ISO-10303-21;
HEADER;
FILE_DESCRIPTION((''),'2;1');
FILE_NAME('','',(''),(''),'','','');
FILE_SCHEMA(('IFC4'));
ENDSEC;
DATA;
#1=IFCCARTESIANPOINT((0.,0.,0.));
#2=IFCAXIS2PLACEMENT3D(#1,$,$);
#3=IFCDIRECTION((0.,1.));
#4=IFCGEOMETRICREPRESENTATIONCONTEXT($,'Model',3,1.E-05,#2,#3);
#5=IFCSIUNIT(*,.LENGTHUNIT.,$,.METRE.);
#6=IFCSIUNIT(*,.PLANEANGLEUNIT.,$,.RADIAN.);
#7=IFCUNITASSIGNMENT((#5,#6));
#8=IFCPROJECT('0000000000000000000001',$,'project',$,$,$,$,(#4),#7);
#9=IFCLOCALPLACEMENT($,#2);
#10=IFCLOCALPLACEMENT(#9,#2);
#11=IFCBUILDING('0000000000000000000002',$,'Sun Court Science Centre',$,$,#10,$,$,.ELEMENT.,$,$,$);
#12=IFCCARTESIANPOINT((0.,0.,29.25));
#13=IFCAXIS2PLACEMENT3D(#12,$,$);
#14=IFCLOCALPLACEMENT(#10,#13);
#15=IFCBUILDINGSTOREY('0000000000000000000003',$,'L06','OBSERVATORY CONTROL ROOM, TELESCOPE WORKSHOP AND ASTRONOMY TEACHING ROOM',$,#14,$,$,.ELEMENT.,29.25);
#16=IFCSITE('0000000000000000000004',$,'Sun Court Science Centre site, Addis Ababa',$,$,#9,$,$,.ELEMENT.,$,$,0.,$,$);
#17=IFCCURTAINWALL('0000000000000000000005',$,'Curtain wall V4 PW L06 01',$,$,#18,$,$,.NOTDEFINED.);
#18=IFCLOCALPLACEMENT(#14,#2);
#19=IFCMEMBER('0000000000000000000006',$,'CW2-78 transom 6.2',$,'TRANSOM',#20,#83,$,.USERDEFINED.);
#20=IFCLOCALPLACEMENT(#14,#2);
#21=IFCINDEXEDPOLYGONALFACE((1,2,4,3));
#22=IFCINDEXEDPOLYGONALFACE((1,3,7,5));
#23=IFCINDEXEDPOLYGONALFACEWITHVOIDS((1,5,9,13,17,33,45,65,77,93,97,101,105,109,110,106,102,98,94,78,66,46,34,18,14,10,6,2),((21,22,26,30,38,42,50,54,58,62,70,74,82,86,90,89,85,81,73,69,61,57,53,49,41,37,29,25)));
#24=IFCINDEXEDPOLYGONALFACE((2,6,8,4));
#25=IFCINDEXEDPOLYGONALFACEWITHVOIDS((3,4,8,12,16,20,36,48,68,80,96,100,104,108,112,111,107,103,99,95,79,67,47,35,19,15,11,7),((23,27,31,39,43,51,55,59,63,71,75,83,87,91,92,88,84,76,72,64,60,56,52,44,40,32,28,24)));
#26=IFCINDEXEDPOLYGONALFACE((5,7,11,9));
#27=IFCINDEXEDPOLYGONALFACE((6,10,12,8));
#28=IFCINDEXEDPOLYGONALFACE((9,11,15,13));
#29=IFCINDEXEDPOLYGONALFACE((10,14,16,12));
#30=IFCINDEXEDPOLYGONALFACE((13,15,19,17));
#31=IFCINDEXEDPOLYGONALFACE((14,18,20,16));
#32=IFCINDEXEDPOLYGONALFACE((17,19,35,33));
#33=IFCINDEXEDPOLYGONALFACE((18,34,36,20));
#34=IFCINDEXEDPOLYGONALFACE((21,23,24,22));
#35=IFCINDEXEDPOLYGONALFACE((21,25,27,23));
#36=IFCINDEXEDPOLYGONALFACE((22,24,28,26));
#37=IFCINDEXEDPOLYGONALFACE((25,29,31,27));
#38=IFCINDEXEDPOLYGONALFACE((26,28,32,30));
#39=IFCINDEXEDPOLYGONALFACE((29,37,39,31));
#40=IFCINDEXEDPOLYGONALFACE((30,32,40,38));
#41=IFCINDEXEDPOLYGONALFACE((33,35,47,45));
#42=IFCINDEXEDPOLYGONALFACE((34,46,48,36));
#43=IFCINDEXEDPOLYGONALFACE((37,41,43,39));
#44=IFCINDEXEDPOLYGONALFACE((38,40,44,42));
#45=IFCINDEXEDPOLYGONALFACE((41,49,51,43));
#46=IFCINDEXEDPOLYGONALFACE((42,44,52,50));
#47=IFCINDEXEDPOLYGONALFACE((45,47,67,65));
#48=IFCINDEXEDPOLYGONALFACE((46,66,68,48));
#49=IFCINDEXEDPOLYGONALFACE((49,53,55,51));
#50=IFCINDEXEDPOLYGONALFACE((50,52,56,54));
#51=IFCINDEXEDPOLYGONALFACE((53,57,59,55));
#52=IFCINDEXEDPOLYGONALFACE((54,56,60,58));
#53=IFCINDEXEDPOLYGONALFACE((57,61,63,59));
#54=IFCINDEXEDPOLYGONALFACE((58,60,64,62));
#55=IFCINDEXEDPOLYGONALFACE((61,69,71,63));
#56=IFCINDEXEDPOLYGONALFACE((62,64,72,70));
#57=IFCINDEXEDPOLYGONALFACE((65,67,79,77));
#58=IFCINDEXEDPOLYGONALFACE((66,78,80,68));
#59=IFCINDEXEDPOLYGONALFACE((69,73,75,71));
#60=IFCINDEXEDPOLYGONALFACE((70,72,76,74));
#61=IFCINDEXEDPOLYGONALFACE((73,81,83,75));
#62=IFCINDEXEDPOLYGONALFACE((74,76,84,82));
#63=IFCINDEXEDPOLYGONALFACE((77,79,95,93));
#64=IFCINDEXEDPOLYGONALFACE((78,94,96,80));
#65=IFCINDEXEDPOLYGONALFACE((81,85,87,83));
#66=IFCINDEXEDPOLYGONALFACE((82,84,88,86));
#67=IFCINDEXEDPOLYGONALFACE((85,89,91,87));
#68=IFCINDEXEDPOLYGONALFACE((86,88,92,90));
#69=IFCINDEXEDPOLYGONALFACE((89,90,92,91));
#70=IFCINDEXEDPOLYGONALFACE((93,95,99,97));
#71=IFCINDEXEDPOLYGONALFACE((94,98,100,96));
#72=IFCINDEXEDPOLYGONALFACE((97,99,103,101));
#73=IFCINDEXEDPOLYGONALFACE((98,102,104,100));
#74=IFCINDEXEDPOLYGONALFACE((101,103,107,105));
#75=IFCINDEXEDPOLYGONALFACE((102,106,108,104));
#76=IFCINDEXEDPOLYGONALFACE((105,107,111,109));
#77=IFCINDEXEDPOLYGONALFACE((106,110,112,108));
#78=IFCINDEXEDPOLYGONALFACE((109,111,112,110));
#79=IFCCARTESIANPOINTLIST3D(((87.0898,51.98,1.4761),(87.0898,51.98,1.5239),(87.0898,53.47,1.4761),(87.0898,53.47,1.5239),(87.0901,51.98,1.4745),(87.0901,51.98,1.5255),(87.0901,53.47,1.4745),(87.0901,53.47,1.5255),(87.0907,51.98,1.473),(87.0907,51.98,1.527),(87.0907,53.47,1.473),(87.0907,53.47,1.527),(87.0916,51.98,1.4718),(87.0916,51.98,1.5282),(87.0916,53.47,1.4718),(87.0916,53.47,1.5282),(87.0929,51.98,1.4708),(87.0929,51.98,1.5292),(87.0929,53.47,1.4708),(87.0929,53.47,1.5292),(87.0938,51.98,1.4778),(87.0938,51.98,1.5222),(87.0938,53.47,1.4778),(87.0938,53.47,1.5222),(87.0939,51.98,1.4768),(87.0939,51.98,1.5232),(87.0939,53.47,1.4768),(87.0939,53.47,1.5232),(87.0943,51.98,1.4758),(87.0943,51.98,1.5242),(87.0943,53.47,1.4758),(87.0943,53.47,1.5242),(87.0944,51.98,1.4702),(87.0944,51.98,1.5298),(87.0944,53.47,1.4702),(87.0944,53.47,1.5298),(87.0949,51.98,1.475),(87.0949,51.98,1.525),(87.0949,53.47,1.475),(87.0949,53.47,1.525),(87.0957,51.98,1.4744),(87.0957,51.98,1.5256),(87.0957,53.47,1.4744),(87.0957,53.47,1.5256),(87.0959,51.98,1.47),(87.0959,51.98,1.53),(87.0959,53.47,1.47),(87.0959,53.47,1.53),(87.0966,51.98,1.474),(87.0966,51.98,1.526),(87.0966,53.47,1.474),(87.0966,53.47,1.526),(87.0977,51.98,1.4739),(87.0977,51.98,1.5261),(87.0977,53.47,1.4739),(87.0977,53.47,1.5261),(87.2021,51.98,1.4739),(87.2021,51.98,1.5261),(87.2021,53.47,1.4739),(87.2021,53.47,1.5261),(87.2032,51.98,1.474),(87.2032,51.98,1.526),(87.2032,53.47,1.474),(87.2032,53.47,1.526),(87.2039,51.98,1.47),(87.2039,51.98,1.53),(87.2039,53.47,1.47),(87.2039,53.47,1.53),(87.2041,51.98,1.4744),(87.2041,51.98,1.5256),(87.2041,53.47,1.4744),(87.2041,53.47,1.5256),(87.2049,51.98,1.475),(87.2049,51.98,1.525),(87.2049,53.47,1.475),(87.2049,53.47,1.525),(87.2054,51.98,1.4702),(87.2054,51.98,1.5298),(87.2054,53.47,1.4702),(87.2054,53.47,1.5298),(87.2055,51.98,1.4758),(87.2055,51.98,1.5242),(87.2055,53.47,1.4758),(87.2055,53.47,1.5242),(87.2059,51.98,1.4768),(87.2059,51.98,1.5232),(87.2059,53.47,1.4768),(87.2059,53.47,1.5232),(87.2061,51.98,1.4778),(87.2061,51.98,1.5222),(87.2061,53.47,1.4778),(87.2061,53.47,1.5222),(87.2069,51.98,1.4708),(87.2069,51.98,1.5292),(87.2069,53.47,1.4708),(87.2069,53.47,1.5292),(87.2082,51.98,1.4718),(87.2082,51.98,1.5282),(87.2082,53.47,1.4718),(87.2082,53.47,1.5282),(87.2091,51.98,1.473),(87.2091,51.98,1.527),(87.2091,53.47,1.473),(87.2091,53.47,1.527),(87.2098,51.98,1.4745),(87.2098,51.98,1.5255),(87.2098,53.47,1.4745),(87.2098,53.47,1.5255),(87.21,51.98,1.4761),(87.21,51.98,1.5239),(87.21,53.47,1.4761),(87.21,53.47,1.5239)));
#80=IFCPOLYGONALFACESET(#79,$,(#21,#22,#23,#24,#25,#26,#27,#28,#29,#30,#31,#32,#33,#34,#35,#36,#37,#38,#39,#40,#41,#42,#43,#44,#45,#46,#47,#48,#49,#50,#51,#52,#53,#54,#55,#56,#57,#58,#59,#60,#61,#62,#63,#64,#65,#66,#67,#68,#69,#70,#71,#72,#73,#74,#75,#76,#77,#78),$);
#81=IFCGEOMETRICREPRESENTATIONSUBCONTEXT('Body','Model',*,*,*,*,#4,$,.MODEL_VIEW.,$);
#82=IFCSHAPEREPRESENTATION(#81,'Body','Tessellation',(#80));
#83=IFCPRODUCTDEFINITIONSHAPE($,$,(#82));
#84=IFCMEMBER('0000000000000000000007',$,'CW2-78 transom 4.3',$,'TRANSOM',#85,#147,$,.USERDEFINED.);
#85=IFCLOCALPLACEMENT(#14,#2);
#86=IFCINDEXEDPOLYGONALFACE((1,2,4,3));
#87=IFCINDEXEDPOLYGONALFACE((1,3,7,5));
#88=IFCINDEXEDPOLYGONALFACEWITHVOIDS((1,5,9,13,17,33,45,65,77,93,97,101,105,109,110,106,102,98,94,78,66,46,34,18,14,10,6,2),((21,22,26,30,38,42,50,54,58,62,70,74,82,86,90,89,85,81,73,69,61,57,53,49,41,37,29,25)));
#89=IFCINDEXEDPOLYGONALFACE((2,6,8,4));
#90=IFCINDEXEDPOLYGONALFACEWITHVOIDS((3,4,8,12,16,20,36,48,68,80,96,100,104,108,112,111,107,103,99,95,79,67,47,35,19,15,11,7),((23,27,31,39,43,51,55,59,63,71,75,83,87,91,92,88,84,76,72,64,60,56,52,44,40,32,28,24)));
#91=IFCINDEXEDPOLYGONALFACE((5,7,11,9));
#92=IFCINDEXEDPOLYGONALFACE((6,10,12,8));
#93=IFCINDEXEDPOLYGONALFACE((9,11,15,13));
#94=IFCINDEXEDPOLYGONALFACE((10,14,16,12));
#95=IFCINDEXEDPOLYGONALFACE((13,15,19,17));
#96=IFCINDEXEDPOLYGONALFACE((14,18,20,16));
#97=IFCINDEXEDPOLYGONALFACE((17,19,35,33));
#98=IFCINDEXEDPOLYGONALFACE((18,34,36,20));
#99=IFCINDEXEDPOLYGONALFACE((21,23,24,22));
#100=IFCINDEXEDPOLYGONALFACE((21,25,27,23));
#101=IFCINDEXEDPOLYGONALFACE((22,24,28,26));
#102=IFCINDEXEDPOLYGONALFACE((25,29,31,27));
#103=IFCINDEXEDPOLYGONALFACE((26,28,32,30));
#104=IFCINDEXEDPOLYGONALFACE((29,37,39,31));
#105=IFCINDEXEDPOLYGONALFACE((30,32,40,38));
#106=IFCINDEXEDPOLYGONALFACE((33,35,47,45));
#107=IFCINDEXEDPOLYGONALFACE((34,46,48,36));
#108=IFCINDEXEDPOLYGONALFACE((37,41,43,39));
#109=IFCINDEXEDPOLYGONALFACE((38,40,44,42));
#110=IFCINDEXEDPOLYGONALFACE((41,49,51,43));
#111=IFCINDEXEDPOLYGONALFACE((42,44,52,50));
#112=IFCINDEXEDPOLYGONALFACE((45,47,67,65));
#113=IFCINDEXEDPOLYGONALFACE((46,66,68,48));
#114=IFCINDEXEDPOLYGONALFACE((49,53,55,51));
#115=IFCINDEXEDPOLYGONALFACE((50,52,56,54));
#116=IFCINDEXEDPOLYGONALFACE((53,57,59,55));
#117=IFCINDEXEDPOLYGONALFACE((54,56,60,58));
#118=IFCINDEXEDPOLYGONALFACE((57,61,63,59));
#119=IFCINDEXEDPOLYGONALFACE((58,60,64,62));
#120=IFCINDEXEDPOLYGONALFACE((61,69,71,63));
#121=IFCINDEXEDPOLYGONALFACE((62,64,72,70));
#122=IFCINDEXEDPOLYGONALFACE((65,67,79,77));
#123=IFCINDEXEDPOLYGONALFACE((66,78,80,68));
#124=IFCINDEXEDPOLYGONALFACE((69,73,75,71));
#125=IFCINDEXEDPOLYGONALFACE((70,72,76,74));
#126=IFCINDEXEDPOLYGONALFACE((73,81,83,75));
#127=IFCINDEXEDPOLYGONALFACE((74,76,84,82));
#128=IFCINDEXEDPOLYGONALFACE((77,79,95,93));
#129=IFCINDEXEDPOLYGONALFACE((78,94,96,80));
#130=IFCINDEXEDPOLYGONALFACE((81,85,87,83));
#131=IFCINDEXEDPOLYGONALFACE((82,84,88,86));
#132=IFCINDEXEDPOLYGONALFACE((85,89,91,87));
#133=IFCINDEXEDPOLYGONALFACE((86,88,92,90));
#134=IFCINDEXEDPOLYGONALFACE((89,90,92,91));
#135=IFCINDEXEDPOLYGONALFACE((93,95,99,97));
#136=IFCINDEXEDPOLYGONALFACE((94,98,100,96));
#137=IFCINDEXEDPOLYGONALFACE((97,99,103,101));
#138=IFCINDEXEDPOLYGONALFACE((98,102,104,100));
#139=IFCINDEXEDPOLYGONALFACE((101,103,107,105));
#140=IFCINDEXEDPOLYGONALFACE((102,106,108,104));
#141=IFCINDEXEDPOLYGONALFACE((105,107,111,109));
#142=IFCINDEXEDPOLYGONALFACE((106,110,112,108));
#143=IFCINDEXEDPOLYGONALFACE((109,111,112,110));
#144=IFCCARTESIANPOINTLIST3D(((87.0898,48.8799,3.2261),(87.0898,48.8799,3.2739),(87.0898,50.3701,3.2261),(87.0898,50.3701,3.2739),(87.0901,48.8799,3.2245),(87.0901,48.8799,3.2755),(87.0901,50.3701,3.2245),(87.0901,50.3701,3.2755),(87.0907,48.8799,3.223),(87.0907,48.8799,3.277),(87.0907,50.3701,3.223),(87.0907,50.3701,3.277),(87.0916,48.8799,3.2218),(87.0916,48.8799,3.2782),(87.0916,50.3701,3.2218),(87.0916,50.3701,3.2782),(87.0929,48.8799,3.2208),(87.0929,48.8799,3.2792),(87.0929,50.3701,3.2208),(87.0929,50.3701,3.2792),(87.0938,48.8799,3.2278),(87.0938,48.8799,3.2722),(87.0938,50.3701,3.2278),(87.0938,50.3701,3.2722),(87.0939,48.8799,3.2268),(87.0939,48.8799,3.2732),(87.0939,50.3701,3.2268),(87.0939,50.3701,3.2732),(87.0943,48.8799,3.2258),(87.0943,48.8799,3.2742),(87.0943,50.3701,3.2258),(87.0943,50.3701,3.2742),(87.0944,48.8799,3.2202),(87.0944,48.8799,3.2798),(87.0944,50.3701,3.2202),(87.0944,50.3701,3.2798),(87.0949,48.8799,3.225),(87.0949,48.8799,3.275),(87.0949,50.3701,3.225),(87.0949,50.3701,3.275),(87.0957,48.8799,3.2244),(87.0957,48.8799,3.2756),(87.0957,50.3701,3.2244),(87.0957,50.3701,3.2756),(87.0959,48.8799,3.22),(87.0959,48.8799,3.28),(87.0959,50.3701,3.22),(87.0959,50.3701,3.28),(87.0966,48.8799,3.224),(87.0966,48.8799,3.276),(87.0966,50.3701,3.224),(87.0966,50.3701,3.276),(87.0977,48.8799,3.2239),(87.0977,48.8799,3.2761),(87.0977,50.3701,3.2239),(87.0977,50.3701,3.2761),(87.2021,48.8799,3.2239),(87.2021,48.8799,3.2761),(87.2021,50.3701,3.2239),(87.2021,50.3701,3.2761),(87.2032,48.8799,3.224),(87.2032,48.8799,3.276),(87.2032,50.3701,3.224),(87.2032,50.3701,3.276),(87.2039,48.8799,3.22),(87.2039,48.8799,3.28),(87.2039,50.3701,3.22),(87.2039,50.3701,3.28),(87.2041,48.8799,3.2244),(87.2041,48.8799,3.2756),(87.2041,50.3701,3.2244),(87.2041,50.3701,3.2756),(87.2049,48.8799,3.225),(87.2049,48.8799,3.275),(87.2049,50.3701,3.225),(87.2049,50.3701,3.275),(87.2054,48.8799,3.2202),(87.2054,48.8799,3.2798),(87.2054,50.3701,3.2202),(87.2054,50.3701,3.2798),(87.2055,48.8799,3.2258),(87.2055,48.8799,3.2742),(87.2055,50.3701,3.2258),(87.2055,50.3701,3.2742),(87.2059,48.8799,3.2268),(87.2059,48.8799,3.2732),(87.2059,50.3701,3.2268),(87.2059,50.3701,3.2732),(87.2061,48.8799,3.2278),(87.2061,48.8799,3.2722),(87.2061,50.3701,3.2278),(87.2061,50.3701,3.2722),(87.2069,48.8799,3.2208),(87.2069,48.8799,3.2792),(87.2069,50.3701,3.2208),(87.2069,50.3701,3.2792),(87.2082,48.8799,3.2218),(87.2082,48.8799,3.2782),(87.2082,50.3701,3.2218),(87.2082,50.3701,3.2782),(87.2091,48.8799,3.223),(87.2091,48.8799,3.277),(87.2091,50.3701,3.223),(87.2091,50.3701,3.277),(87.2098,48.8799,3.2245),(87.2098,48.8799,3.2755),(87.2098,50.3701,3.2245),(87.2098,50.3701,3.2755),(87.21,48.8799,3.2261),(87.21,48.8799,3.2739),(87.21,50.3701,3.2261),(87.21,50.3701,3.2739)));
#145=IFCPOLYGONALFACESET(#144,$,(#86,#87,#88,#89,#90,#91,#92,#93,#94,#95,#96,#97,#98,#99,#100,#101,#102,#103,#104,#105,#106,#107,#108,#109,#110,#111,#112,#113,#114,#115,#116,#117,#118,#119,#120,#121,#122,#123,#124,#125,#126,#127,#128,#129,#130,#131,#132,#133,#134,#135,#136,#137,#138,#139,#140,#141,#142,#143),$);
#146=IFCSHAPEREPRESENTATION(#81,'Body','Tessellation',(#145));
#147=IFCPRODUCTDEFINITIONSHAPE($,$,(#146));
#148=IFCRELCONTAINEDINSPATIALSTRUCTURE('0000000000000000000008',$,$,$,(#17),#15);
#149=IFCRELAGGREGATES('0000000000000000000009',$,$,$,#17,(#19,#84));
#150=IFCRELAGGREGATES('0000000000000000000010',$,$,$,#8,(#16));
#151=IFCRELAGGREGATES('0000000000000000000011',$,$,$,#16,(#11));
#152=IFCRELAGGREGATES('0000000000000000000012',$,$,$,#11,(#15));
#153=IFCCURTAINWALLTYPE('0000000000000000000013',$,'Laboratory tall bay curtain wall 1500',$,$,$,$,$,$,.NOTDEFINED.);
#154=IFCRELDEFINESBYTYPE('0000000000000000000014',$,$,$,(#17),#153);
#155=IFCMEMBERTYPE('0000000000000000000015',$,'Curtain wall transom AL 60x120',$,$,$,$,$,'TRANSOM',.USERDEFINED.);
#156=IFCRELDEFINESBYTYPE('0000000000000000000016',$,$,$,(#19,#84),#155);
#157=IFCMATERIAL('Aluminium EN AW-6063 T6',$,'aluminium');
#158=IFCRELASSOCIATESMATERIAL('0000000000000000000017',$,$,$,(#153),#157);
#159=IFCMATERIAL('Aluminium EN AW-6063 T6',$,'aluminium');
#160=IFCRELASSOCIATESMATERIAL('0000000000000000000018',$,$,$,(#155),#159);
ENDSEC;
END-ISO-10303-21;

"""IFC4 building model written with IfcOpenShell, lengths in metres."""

from ifc_helpers import new_model, si_unit, direction, frame, origin, origin_2d, place, context, subcontext, project, spatial, hollow_rectangle, extrude, material, material_profile, profile_set, type_object, element, aggregate, save


model = new_model("IFC4")

# Units and contexts
model_context = context("Model", 3, precision=1e-05, world=origin(), true_north=direction((0.0, 1.0)))
body_context = subcontext(model_context, "Body", "Model", "MODEL_VIEW")
ifc_project = project(units=[si_unit("LENGTHUNIT", "METRE"), si_unit("PLANEANGLEUNIT", "RADIAN")], contexts=[model_context])

# Site, building, storey
site_placement = place(None, origin())
site = spatial("IfcSite", under=ifc_project, at=site_placement, Name="Sun Court Science Centre site, Addis Ababa", CompositionType="ELEMENT", RefElevation=0.0)
building_placement = place(site_placement, origin())
building = spatial("IfcBuilding", under=site, at=building_placement, Name="Sun Court Science Centre", CompositionType="ELEMENT")
storey_placement = place(building_placement, frame((0.0, 0.0, 29.25)))
storey = spatial("IfcBuildingStorey", under=building, at=storey_placement, Name="L06", Description="OBSERVATORY CONTROL ROOM, TELESCOPE WORKSHOP AND ASTRONOMY TEACHING ROOM", CompositionType="ELEMENT", Elevation=29.25)

# Curtain wall, members
ifc_material_1 = material(Name="Aluminium EN AW-6063 T6", Category="aluminium")
curtain_wall_type = type_object("IfcCurtainWallType", Name="Laboratory tall bay curtain wall 1500", PredefinedType="NOTDEFINED", material=ifc_material_1)
curtain_wall_placement = place(storey_placement, origin())
curtain_wall = element("IfcCurtainWall", 1, at=curtain_wall_placement, inside=storey, type_object=curtain_wall_type, Name="Curtain wall V4 PW L06 01", PredefinedType="NOTDEFINED")
ifc_material_2 = material(Name="Aluminium EN AW-6063 T6", Category="aluminium")
ifc_material_profile_1 = material_profile(ifc_material_2, hollow_rectangle(XDim=0.0601, YDim=0.1201, WallThickness=0.0039, InnerFilletRadius=0.0039, OuterFilletRadius=0.0061, at=origin_2d()), Name="AL 60x120x4")
ifc_profile_set_1 = profile_set([ifc_material_profile_1], Name="Aluminium EN AW-6063 T6")
member_type_1 = type_object("IfcMemberType", Name="Curtain wall transom AL 60x120", ElementType="TRANSOM", PredefinedType="USERDEFINED", material=ifc_profile_set_1)
member_1_placement = place(storey_placement, frame((87.1499, 51.98, 1.5), z_axis=(0.0, 1.0, 0.0), x_axis=(0.0, 0.0, 1.0)))
member_1 = element("IfcMember", 2, at=member_1_placement, type_object=member_type_1, Name="CW2-78 transom 6.2", ObjectType="TRANSOM", PredefinedType="USERDEFINED", context=body_context, shape_type="SweptSolid", body=[
    extrude(hollow_rectangle(XDim=0.0601, YDim=0.1201, WallThickness=0.0039, InnerFilletRadius=0.0039, OuterFilletRadius=0.0061, at=origin_2d()), origin(), (0.0, 0.0, 1.0), 1.49),
])
member_2_placement = place(storey_placement, frame((87.1499, 48.8799, 3.25), z_axis=(0.0, 1.0, 0.0), x_axis=(0.0, 0.0, 1.0)))
member_2 = element("IfcMember", 3, at=member_2_placement, type_object=member_type_1, Name="CW2-78 transom 4.3", ObjectType="TRANSOM", PredefinedType="USERDEFINED", context=body_context, shape_type="SweptSolid", body=[
    extrude(hollow_rectangle(XDim=0.0601, YDim=0.1201, WallThickness=0.0039, InnerFilletRadius=0.0039, OuterFilletRadius=0.0061, at=origin_2d()), origin(), (0.0, 0.0, 1.0), 1.4902),
])

aggregate(curtain_wall, [member_1, member_2])

save(model, "model.ifc")
